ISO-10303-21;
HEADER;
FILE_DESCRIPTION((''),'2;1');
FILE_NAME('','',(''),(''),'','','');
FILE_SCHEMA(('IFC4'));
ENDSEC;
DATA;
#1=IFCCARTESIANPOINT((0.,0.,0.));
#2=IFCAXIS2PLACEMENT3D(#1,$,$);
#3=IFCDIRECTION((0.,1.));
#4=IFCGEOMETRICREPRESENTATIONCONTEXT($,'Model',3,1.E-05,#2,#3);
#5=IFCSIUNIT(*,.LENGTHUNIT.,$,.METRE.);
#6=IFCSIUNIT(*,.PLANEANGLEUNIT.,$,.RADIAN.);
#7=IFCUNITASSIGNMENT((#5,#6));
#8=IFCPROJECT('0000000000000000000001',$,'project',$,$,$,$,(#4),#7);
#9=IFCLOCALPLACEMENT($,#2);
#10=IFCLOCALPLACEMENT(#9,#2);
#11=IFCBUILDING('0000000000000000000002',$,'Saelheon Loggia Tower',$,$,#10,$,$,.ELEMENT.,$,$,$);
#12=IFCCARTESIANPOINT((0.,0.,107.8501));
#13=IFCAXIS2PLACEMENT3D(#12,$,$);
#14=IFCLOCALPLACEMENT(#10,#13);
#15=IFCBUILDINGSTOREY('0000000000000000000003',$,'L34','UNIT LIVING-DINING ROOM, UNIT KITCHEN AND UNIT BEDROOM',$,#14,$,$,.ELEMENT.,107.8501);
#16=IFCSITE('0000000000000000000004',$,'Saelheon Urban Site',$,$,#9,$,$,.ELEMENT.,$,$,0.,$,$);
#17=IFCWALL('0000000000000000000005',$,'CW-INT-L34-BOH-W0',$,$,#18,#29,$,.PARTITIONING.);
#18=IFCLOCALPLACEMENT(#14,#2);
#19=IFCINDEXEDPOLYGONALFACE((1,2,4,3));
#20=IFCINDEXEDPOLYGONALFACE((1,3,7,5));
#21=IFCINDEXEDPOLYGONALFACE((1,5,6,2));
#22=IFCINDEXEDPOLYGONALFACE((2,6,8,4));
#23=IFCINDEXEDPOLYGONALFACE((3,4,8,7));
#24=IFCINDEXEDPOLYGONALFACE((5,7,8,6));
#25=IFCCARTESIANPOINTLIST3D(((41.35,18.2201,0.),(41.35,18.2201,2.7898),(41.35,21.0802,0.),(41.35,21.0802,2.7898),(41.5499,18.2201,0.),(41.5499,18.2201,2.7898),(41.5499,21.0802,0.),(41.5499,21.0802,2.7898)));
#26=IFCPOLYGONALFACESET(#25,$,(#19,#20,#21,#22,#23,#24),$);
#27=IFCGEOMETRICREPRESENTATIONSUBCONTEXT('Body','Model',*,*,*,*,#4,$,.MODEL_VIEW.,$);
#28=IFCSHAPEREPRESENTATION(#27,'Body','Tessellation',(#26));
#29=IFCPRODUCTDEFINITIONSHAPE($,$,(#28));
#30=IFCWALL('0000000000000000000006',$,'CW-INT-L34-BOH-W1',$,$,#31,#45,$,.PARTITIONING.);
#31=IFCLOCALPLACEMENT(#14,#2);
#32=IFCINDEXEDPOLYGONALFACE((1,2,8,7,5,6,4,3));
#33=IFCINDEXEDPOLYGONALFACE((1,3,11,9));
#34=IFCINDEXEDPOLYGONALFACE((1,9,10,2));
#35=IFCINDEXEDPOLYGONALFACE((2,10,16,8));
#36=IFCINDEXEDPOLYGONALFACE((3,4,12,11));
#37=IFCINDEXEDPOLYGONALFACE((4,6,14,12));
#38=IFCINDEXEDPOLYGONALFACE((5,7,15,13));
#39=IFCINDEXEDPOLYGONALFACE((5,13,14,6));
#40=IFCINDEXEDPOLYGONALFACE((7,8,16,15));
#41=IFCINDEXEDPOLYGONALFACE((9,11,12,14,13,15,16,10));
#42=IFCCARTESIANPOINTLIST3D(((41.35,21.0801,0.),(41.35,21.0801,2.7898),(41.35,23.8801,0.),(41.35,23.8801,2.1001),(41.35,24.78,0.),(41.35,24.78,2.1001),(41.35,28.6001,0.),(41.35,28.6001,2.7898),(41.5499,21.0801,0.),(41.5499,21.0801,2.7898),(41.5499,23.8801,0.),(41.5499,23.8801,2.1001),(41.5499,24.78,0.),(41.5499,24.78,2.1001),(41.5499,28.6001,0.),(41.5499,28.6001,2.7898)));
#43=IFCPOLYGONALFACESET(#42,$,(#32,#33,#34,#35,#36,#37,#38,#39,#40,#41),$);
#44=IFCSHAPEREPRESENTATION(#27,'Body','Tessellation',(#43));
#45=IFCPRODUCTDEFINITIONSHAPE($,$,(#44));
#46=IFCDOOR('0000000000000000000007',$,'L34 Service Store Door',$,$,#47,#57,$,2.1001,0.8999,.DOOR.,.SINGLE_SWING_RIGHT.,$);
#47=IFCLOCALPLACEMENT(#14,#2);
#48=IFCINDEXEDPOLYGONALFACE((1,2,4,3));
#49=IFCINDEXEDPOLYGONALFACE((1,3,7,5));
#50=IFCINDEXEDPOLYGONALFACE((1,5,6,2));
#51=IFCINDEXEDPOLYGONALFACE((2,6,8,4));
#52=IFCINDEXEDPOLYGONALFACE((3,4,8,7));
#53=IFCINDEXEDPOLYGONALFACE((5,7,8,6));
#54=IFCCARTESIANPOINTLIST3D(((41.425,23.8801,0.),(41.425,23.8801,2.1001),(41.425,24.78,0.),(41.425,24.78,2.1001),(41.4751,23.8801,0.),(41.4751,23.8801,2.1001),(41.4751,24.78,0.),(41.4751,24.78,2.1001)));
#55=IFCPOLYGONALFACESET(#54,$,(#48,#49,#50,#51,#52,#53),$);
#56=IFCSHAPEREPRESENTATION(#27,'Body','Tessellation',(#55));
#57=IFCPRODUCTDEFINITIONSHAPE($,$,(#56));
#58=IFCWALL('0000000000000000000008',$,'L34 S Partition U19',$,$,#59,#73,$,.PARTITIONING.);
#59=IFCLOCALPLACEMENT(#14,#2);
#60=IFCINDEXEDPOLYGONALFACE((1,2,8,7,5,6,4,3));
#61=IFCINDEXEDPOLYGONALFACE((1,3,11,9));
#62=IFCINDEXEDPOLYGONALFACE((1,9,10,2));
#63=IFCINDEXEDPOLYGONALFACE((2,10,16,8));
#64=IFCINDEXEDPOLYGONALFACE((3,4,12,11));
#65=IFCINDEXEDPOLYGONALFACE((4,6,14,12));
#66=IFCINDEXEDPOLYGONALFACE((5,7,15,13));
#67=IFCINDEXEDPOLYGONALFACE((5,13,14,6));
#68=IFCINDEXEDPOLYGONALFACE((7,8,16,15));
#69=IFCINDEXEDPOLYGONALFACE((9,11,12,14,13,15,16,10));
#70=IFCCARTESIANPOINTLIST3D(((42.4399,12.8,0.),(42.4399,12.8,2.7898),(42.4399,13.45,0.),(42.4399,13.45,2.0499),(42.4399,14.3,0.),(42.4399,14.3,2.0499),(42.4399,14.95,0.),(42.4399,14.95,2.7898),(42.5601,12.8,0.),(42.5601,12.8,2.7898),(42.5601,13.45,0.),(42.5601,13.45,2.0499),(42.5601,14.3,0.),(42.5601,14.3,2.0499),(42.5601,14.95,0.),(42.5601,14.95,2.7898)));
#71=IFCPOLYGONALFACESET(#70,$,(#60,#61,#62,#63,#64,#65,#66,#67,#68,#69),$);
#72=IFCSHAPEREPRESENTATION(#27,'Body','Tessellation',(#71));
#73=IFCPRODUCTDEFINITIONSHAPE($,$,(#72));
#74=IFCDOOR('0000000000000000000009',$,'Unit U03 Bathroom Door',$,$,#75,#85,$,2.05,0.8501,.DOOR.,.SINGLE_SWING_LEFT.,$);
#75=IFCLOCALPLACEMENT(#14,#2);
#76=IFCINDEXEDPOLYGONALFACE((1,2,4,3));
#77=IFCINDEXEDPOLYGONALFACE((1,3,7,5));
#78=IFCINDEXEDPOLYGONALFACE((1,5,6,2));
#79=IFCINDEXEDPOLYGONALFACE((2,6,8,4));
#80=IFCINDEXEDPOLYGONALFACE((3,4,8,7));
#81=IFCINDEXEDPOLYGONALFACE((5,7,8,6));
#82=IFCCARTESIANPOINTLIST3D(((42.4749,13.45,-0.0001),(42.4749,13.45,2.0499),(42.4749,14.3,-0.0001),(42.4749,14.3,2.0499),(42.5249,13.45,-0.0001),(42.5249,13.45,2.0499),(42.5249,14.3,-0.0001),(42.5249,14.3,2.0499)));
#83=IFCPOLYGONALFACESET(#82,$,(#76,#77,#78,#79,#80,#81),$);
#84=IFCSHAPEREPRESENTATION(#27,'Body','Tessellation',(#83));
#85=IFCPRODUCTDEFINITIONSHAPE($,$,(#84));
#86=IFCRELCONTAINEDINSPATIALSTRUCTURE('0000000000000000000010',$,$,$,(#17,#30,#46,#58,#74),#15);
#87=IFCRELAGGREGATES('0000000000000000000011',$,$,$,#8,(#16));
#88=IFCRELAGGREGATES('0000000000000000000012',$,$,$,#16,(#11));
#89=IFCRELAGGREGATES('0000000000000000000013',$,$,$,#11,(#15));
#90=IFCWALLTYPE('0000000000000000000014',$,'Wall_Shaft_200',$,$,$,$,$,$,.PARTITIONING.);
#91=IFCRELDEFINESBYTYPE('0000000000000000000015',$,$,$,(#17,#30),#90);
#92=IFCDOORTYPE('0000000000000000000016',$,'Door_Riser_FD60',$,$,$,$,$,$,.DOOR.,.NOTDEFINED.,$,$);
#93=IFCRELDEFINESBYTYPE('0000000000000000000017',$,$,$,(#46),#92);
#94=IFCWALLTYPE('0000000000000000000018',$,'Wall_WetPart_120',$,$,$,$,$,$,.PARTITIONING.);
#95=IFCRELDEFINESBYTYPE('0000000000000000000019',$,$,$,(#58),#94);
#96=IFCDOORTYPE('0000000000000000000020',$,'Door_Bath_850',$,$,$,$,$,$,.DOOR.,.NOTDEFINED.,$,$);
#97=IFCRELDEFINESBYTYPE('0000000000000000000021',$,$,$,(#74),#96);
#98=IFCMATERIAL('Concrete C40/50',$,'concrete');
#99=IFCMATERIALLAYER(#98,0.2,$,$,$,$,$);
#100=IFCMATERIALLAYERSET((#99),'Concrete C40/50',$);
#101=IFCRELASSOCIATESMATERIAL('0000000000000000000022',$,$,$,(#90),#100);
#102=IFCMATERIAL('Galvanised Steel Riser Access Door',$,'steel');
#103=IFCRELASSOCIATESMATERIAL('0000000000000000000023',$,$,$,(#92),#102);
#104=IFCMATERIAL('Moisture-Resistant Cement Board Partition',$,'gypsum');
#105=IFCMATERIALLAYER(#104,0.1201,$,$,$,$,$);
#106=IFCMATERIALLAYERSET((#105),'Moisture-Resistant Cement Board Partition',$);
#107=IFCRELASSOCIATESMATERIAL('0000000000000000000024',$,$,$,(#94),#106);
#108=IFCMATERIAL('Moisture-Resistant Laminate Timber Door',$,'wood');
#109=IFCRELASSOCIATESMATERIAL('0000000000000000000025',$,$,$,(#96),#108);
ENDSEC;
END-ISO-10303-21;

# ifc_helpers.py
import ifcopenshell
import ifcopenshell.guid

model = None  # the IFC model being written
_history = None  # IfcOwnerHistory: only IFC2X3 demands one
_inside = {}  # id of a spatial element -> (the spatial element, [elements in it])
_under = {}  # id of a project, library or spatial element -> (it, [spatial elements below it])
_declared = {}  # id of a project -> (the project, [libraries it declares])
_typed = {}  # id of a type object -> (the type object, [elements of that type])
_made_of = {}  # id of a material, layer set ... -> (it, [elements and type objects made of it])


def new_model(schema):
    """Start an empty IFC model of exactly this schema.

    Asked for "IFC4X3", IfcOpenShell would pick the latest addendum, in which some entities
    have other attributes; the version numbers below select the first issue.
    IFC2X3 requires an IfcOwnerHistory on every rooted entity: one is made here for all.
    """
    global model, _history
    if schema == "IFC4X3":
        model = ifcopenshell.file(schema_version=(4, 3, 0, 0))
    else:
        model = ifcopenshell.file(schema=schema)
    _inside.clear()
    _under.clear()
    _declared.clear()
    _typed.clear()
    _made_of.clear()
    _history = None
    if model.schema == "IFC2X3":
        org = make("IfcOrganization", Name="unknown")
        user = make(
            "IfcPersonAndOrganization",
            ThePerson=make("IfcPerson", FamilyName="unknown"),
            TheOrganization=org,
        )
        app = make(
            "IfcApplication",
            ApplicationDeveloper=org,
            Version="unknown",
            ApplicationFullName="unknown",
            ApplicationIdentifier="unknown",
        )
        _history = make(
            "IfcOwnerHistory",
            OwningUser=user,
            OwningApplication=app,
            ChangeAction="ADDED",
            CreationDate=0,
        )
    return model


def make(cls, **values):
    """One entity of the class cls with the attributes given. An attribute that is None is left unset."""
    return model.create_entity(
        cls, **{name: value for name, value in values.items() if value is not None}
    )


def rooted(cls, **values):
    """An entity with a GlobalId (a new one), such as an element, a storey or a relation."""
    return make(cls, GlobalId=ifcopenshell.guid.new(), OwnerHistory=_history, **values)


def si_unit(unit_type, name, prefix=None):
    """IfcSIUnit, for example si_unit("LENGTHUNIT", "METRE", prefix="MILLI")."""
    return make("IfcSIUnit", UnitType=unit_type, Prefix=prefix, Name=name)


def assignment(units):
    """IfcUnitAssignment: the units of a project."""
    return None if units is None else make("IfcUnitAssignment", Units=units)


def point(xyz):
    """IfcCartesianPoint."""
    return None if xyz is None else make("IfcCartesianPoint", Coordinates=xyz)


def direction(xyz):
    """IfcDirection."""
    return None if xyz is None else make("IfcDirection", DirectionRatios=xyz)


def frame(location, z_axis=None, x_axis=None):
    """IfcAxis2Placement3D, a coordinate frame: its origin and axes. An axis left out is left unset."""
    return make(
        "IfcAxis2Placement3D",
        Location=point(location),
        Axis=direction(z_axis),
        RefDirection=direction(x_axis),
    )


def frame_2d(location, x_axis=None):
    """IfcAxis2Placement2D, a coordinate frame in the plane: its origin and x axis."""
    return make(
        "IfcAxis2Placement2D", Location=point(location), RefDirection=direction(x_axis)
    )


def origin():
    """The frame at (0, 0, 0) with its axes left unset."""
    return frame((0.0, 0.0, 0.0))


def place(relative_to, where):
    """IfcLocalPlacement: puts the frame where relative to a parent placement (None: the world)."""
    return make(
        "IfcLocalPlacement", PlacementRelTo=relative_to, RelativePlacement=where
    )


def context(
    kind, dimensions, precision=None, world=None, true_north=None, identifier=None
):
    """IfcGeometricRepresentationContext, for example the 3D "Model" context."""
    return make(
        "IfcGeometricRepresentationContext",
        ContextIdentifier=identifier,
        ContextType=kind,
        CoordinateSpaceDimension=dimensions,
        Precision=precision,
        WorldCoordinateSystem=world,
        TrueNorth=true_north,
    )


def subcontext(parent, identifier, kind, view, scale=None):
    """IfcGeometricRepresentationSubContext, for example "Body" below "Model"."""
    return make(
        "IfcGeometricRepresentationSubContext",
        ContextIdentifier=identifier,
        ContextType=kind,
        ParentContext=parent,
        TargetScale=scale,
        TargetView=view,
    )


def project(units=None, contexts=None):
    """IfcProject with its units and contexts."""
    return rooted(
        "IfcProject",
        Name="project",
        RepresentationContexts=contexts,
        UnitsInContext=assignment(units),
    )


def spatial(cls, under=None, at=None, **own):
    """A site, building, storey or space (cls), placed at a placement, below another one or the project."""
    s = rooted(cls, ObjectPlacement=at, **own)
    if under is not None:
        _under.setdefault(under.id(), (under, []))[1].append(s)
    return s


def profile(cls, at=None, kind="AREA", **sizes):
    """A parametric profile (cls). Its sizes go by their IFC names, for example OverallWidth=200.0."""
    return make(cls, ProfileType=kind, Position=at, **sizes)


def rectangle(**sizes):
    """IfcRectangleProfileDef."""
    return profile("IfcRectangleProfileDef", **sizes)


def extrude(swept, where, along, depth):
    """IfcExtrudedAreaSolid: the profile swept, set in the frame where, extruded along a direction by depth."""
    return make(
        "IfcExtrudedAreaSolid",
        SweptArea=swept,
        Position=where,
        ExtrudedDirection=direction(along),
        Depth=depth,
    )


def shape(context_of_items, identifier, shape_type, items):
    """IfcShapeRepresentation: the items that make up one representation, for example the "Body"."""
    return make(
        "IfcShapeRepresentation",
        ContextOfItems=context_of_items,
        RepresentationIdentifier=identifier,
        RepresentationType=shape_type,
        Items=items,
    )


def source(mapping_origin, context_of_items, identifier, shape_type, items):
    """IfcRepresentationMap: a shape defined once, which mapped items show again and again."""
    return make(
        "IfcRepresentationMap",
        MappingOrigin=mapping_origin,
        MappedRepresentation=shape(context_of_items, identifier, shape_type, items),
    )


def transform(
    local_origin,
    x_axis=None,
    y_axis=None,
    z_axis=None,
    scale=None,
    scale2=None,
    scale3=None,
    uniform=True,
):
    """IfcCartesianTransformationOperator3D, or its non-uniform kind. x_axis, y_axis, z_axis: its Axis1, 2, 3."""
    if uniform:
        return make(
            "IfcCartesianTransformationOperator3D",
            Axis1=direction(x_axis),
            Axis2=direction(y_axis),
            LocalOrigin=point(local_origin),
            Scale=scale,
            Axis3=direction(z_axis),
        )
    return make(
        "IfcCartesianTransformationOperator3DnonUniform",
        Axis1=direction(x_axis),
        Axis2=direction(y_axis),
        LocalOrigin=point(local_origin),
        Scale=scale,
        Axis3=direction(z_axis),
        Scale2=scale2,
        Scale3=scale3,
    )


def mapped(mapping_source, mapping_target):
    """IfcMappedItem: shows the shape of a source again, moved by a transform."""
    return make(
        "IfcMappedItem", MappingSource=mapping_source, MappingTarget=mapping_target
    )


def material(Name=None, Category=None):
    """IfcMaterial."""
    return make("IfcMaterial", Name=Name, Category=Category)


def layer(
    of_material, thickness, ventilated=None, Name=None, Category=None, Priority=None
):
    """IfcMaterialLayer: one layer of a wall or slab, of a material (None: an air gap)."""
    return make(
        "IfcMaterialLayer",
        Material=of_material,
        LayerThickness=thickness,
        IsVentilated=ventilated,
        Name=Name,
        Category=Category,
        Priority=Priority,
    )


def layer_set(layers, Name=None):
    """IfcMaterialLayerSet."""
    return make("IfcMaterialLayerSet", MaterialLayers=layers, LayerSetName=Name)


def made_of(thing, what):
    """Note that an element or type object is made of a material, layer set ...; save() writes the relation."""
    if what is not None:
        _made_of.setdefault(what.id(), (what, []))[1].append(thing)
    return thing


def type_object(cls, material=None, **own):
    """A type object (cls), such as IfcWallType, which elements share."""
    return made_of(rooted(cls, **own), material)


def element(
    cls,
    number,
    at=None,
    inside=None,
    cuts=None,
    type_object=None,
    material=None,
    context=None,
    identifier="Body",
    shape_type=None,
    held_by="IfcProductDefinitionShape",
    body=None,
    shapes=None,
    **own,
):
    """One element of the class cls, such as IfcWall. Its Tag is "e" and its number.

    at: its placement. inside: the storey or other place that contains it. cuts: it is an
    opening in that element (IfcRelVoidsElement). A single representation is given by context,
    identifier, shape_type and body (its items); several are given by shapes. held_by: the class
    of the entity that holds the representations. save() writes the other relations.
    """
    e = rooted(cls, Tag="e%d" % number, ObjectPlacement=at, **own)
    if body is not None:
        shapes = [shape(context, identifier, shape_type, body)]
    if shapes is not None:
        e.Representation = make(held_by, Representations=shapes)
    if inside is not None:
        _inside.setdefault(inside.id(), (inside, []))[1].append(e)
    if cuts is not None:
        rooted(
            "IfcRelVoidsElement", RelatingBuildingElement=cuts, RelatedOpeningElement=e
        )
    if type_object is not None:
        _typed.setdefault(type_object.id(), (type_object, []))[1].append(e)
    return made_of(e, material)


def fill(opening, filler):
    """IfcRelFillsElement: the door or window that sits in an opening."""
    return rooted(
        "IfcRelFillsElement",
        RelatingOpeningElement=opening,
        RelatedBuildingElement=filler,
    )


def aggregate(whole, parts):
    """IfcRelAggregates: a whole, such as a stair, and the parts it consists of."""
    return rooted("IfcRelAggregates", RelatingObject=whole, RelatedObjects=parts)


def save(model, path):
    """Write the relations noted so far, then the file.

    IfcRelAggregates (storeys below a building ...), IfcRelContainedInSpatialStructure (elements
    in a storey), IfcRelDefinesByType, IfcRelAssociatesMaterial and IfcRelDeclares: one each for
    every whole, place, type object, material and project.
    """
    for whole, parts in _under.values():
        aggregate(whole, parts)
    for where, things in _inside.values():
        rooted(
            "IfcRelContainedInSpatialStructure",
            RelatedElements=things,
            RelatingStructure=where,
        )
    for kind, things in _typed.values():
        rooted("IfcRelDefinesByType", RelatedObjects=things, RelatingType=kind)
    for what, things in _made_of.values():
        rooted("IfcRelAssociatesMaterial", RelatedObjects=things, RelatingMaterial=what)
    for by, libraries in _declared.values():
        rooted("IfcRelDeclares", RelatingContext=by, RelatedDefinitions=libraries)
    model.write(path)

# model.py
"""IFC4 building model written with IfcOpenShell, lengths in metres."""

from ifc_helpers import new_model, si_unit, direction, frame, frame_2d, origin, place, context, subcontext, project, spatial, rectangle, extrude, source, transform, mapped, material, layer, layer_set, type_object, element, fill, save


model = new_model("IFC4")

# Units and contexts
model_context = context("Model", 3, precision=1e-05, world=origin(), true_north=direction((0.0, 1.0)))
body_context = subcontext(model_context, "Body", "Model", "MODEL_VIEW")
ifc_project = project(units=[si_unit("LENGTHUNIT", "METRE"), si_unit("PLANEANGLEUNIT", "RADIAN")], contexts=[model_context])

# Site, building, storey
site_placement = place(None, origin())
site = spatial("IfcSite", under=ifc_project, at=site_placement, Name="Saelheon Urban Site", CompositionType="ELEMENT", RefElevation=0.0)
building_placement = place(site_placement, origin())
building = spatial("IfcBuilding", under=site, at=building_placement, Name="Saelheon Loggia Tower", CompositionType="ELEMENT")
storey_placement = place(building_placement, frame((0.0, 0.0, 107.8501)))
storey = spatial("IfcBuildingStorey", under=building, at=storey_placement, Name="L34", Description="UNIT LIVING-DINING ROOM, UNIT KITCHEN AND UNIT BEDROOM", CompositionType="ELEMENT", Elevation=107.8501)

# Shared definitions
ifc_material_1 = material(Name="Concrete C40/50", Category="concrete")
ifc_layer_1 = layer(ifc_material_1, 0.2)
ifc_layer_set_1 = layer_set([ifc_layer_1], Name="Concrete C40/50")
wall_type_1 = type_object("IfcWallType", Name="Wall_Shaft_200", PredefinedType="PARTITIONING", material=ifc_layer_set_1)

# Shared definitions
ifc_material_2 = material(Name="Galvanised Steel Riser Access Door", Category="steel")
door_type_1 = type_object("IfcDoorType", Name="Door_Riser_FD60", OperationType="NOTDEFINED", PredefinedType="DOOR", material=ifc_material_2)
shared_shape_1 = source(origin(), body_context, "Body", "SweptSolid", [
    extrude(rectangle(XDim=0.8999, YDim=2.1001, at=frame_2d((0.45, 1.05))), frame((0.0, 0.0249, 0.0), z_axis=(0.0, -1.0, 0.0), x_axis=(1.0, 0.0, 0.0)), (0.0, 0.0, 1.0), 0.05),
])

# Wall
wall_1_placement = place(storey_placement, frame((41.45, 18.22, 0.0), z_axis=(0.0, 0.0, 1.0), x_axis=(0.0, 1.0, 0.0)))
element("IfcWall", 1, at=wall_1_placement, inside=storey, type_object=wall_type_1, Name="CW-INT-L34-BOH-W0", PredefinedType="PARTITIONING", context=body_context, shape_type="SweptSolid", body=[
    extrude(rectangle(XDim=2.8601, YDim=0.2, at=frame_2d((1.4302, 0.0))), origin(), (0.0, 0.0, 1.0), 2.7898),
])

# Walls, openings, doors
wall_2_placement = place(storey_placement, frame((41.45, 21.0801, 0.0), z_axis=(0.0, 0.0, 1.0), x_axis=(0.0, 1.0, 0.0)))
wall_2 = element("IfcWall", 2, at=wall_2_placement, inside=storey, type_object=wall_type_1, Name="CW-INT-L34-BOH-W1", PredefinedType="PARTITIONING", context=body_context, shape_type="SweptSolid", body=[
    extrude(rectangle(XDim=7.52, YDim=0.2, at=frame_2d((3.76, 0.0))), origin(), (0.0, 0.0, 1.0), 2.7898),
])
opening_1_placement = place(wall_2_placement, frame((2.8, 0.0, 0.0)))
opening_1 = element("IfcOpeningElement", 3, at=opening_1_placement, cuts=wall_2, PredefinedType="OPENING", context=body_context, shape_type="SweptSolid", body=[
    extrude(rectangle(XDim=0.8999, YDim=2.1001, at=frame_2d((0.45, 1.05))), frame((0.0, 0.1121, 0.0), z_axis=(0.0, -1.0, 0.0), x_axis=(1.0, 0.0, 0.0)), (0.0, 0.0, 1.0), 0.2239),
])
door_1_placement = place(opening_1_placement, origin())
door_1 = element("IfcDoor", 4, at=door_1_placement, inside=storey, type_object=door_type_1, Name="L34 Service Store Door", OperationType="SINGLE_SWING_RIGHT", OverallHeight=2.1001, OverallWidth=0.8999, PredefinedType="DOOR", context=body_context, shape_type="MappedRepresentation", body=[
    mapped(shared_shape_1, transform((0.0, 0.0, 0.0), scale=1.0)),
])
fill(opening_1, door_1)
ifc_material_3 = material(Name="Moisture-Resistant Cement Board Partition", Category="gypsum")
ifc_layer_2 = layer(ifc_material_3, 0.1201)
ifc_layer_set_2 = layer_set([ifc_layer_2], Name="Moisture-Resistant Cement Board Partition")
wall_type_2 = type_object("IfcWallType", Name="Wall_WetPart_120", PredefinedType="PARTITIONING", material=ifc_layer_set_2)
wall_3_placement = place(storey_placement, frame((42.5, 14.95, 0.0), z_axis=(0.0, 0.0, 1.0), x_axis=(0.0, -1.0, 0.0)))
wall_3 = element("IfcWall", 5, at=wall_3_placement, inside=storey, type_object=wall_type_2, Name="L34 S Partition U19", PredefinedType="PARTITIONING", context=body_context, shape_type="SweptSolid", body=[
    extrude(rectangle(XDim=2.1499, YDim=0.1201, at=frame_2d((1.075, 0.0))), origin(), (0.0, 0.0, 1.0), 2.7898),
])
opening_2_placement = place(wall_3_placement, frame((0.6499, 0.0, 0.0)))
opening_2 = element("IfcOpeningElement", 6, at=opening_2_placement, cuts=wall_3, PredefinedType="OPENING", context=body_context, shape_type="SweptSolid", body=[
    extrude(rectangle(XDim=0.8501, YDim=2.05, at=frame_2d((0.425, 1.0249))), frame((0.0, 0.072, 0.0), z_axis=(0.0, -1.0, 0.0), x_axis=(1.0, 0.0, 0.0)), (0.0, 0.0, 1.0), 0.144),
])
ifc_material_4 = material(Name="Moisture-Resistant Laminate Timber Door", Category="wood")
door_type_2 = type_object("IfcDoorType", Name="Door_Bath_850", OperationType="NOTDEFINED", PredefinedType="DOOR", material=ifc_material_4)
shared_shape_2 = source(origin(), body_context, "Body", "SweptSolid", [
    extrude(rectangle(XDim=0.8501, YDim=2.05, at=frame_2d((0.425, 1.0249))), frame((0.0, 0.0249, 0.0), z_axis=(0.0, -1.0, 0.0), x_axis=(1.0, 0.0, 0.0)), (0.0, 0.0, 1.0), 0.05),
])
door_2_placement = place(opening_2_placement, origin())
door_2 = element("IfcDoor", 7, at=door_2_placement, inside=storey, type_object=door_type_2, Name="Unit U03 Bathroom Door", OperationType="SINGLE_SWING_LEFT", OverallHeight=2.05, OverallWidth=0.8501, PredefinedType="DOOR", context=body_context, shape_type="MappedRepresentation", body=[
    mapped(shared_shape_2, transform((0.0, 0.0, 0.0), scale=1.0)),
])
fill(opening_2, door_2)

save(model, "model.ifc")
